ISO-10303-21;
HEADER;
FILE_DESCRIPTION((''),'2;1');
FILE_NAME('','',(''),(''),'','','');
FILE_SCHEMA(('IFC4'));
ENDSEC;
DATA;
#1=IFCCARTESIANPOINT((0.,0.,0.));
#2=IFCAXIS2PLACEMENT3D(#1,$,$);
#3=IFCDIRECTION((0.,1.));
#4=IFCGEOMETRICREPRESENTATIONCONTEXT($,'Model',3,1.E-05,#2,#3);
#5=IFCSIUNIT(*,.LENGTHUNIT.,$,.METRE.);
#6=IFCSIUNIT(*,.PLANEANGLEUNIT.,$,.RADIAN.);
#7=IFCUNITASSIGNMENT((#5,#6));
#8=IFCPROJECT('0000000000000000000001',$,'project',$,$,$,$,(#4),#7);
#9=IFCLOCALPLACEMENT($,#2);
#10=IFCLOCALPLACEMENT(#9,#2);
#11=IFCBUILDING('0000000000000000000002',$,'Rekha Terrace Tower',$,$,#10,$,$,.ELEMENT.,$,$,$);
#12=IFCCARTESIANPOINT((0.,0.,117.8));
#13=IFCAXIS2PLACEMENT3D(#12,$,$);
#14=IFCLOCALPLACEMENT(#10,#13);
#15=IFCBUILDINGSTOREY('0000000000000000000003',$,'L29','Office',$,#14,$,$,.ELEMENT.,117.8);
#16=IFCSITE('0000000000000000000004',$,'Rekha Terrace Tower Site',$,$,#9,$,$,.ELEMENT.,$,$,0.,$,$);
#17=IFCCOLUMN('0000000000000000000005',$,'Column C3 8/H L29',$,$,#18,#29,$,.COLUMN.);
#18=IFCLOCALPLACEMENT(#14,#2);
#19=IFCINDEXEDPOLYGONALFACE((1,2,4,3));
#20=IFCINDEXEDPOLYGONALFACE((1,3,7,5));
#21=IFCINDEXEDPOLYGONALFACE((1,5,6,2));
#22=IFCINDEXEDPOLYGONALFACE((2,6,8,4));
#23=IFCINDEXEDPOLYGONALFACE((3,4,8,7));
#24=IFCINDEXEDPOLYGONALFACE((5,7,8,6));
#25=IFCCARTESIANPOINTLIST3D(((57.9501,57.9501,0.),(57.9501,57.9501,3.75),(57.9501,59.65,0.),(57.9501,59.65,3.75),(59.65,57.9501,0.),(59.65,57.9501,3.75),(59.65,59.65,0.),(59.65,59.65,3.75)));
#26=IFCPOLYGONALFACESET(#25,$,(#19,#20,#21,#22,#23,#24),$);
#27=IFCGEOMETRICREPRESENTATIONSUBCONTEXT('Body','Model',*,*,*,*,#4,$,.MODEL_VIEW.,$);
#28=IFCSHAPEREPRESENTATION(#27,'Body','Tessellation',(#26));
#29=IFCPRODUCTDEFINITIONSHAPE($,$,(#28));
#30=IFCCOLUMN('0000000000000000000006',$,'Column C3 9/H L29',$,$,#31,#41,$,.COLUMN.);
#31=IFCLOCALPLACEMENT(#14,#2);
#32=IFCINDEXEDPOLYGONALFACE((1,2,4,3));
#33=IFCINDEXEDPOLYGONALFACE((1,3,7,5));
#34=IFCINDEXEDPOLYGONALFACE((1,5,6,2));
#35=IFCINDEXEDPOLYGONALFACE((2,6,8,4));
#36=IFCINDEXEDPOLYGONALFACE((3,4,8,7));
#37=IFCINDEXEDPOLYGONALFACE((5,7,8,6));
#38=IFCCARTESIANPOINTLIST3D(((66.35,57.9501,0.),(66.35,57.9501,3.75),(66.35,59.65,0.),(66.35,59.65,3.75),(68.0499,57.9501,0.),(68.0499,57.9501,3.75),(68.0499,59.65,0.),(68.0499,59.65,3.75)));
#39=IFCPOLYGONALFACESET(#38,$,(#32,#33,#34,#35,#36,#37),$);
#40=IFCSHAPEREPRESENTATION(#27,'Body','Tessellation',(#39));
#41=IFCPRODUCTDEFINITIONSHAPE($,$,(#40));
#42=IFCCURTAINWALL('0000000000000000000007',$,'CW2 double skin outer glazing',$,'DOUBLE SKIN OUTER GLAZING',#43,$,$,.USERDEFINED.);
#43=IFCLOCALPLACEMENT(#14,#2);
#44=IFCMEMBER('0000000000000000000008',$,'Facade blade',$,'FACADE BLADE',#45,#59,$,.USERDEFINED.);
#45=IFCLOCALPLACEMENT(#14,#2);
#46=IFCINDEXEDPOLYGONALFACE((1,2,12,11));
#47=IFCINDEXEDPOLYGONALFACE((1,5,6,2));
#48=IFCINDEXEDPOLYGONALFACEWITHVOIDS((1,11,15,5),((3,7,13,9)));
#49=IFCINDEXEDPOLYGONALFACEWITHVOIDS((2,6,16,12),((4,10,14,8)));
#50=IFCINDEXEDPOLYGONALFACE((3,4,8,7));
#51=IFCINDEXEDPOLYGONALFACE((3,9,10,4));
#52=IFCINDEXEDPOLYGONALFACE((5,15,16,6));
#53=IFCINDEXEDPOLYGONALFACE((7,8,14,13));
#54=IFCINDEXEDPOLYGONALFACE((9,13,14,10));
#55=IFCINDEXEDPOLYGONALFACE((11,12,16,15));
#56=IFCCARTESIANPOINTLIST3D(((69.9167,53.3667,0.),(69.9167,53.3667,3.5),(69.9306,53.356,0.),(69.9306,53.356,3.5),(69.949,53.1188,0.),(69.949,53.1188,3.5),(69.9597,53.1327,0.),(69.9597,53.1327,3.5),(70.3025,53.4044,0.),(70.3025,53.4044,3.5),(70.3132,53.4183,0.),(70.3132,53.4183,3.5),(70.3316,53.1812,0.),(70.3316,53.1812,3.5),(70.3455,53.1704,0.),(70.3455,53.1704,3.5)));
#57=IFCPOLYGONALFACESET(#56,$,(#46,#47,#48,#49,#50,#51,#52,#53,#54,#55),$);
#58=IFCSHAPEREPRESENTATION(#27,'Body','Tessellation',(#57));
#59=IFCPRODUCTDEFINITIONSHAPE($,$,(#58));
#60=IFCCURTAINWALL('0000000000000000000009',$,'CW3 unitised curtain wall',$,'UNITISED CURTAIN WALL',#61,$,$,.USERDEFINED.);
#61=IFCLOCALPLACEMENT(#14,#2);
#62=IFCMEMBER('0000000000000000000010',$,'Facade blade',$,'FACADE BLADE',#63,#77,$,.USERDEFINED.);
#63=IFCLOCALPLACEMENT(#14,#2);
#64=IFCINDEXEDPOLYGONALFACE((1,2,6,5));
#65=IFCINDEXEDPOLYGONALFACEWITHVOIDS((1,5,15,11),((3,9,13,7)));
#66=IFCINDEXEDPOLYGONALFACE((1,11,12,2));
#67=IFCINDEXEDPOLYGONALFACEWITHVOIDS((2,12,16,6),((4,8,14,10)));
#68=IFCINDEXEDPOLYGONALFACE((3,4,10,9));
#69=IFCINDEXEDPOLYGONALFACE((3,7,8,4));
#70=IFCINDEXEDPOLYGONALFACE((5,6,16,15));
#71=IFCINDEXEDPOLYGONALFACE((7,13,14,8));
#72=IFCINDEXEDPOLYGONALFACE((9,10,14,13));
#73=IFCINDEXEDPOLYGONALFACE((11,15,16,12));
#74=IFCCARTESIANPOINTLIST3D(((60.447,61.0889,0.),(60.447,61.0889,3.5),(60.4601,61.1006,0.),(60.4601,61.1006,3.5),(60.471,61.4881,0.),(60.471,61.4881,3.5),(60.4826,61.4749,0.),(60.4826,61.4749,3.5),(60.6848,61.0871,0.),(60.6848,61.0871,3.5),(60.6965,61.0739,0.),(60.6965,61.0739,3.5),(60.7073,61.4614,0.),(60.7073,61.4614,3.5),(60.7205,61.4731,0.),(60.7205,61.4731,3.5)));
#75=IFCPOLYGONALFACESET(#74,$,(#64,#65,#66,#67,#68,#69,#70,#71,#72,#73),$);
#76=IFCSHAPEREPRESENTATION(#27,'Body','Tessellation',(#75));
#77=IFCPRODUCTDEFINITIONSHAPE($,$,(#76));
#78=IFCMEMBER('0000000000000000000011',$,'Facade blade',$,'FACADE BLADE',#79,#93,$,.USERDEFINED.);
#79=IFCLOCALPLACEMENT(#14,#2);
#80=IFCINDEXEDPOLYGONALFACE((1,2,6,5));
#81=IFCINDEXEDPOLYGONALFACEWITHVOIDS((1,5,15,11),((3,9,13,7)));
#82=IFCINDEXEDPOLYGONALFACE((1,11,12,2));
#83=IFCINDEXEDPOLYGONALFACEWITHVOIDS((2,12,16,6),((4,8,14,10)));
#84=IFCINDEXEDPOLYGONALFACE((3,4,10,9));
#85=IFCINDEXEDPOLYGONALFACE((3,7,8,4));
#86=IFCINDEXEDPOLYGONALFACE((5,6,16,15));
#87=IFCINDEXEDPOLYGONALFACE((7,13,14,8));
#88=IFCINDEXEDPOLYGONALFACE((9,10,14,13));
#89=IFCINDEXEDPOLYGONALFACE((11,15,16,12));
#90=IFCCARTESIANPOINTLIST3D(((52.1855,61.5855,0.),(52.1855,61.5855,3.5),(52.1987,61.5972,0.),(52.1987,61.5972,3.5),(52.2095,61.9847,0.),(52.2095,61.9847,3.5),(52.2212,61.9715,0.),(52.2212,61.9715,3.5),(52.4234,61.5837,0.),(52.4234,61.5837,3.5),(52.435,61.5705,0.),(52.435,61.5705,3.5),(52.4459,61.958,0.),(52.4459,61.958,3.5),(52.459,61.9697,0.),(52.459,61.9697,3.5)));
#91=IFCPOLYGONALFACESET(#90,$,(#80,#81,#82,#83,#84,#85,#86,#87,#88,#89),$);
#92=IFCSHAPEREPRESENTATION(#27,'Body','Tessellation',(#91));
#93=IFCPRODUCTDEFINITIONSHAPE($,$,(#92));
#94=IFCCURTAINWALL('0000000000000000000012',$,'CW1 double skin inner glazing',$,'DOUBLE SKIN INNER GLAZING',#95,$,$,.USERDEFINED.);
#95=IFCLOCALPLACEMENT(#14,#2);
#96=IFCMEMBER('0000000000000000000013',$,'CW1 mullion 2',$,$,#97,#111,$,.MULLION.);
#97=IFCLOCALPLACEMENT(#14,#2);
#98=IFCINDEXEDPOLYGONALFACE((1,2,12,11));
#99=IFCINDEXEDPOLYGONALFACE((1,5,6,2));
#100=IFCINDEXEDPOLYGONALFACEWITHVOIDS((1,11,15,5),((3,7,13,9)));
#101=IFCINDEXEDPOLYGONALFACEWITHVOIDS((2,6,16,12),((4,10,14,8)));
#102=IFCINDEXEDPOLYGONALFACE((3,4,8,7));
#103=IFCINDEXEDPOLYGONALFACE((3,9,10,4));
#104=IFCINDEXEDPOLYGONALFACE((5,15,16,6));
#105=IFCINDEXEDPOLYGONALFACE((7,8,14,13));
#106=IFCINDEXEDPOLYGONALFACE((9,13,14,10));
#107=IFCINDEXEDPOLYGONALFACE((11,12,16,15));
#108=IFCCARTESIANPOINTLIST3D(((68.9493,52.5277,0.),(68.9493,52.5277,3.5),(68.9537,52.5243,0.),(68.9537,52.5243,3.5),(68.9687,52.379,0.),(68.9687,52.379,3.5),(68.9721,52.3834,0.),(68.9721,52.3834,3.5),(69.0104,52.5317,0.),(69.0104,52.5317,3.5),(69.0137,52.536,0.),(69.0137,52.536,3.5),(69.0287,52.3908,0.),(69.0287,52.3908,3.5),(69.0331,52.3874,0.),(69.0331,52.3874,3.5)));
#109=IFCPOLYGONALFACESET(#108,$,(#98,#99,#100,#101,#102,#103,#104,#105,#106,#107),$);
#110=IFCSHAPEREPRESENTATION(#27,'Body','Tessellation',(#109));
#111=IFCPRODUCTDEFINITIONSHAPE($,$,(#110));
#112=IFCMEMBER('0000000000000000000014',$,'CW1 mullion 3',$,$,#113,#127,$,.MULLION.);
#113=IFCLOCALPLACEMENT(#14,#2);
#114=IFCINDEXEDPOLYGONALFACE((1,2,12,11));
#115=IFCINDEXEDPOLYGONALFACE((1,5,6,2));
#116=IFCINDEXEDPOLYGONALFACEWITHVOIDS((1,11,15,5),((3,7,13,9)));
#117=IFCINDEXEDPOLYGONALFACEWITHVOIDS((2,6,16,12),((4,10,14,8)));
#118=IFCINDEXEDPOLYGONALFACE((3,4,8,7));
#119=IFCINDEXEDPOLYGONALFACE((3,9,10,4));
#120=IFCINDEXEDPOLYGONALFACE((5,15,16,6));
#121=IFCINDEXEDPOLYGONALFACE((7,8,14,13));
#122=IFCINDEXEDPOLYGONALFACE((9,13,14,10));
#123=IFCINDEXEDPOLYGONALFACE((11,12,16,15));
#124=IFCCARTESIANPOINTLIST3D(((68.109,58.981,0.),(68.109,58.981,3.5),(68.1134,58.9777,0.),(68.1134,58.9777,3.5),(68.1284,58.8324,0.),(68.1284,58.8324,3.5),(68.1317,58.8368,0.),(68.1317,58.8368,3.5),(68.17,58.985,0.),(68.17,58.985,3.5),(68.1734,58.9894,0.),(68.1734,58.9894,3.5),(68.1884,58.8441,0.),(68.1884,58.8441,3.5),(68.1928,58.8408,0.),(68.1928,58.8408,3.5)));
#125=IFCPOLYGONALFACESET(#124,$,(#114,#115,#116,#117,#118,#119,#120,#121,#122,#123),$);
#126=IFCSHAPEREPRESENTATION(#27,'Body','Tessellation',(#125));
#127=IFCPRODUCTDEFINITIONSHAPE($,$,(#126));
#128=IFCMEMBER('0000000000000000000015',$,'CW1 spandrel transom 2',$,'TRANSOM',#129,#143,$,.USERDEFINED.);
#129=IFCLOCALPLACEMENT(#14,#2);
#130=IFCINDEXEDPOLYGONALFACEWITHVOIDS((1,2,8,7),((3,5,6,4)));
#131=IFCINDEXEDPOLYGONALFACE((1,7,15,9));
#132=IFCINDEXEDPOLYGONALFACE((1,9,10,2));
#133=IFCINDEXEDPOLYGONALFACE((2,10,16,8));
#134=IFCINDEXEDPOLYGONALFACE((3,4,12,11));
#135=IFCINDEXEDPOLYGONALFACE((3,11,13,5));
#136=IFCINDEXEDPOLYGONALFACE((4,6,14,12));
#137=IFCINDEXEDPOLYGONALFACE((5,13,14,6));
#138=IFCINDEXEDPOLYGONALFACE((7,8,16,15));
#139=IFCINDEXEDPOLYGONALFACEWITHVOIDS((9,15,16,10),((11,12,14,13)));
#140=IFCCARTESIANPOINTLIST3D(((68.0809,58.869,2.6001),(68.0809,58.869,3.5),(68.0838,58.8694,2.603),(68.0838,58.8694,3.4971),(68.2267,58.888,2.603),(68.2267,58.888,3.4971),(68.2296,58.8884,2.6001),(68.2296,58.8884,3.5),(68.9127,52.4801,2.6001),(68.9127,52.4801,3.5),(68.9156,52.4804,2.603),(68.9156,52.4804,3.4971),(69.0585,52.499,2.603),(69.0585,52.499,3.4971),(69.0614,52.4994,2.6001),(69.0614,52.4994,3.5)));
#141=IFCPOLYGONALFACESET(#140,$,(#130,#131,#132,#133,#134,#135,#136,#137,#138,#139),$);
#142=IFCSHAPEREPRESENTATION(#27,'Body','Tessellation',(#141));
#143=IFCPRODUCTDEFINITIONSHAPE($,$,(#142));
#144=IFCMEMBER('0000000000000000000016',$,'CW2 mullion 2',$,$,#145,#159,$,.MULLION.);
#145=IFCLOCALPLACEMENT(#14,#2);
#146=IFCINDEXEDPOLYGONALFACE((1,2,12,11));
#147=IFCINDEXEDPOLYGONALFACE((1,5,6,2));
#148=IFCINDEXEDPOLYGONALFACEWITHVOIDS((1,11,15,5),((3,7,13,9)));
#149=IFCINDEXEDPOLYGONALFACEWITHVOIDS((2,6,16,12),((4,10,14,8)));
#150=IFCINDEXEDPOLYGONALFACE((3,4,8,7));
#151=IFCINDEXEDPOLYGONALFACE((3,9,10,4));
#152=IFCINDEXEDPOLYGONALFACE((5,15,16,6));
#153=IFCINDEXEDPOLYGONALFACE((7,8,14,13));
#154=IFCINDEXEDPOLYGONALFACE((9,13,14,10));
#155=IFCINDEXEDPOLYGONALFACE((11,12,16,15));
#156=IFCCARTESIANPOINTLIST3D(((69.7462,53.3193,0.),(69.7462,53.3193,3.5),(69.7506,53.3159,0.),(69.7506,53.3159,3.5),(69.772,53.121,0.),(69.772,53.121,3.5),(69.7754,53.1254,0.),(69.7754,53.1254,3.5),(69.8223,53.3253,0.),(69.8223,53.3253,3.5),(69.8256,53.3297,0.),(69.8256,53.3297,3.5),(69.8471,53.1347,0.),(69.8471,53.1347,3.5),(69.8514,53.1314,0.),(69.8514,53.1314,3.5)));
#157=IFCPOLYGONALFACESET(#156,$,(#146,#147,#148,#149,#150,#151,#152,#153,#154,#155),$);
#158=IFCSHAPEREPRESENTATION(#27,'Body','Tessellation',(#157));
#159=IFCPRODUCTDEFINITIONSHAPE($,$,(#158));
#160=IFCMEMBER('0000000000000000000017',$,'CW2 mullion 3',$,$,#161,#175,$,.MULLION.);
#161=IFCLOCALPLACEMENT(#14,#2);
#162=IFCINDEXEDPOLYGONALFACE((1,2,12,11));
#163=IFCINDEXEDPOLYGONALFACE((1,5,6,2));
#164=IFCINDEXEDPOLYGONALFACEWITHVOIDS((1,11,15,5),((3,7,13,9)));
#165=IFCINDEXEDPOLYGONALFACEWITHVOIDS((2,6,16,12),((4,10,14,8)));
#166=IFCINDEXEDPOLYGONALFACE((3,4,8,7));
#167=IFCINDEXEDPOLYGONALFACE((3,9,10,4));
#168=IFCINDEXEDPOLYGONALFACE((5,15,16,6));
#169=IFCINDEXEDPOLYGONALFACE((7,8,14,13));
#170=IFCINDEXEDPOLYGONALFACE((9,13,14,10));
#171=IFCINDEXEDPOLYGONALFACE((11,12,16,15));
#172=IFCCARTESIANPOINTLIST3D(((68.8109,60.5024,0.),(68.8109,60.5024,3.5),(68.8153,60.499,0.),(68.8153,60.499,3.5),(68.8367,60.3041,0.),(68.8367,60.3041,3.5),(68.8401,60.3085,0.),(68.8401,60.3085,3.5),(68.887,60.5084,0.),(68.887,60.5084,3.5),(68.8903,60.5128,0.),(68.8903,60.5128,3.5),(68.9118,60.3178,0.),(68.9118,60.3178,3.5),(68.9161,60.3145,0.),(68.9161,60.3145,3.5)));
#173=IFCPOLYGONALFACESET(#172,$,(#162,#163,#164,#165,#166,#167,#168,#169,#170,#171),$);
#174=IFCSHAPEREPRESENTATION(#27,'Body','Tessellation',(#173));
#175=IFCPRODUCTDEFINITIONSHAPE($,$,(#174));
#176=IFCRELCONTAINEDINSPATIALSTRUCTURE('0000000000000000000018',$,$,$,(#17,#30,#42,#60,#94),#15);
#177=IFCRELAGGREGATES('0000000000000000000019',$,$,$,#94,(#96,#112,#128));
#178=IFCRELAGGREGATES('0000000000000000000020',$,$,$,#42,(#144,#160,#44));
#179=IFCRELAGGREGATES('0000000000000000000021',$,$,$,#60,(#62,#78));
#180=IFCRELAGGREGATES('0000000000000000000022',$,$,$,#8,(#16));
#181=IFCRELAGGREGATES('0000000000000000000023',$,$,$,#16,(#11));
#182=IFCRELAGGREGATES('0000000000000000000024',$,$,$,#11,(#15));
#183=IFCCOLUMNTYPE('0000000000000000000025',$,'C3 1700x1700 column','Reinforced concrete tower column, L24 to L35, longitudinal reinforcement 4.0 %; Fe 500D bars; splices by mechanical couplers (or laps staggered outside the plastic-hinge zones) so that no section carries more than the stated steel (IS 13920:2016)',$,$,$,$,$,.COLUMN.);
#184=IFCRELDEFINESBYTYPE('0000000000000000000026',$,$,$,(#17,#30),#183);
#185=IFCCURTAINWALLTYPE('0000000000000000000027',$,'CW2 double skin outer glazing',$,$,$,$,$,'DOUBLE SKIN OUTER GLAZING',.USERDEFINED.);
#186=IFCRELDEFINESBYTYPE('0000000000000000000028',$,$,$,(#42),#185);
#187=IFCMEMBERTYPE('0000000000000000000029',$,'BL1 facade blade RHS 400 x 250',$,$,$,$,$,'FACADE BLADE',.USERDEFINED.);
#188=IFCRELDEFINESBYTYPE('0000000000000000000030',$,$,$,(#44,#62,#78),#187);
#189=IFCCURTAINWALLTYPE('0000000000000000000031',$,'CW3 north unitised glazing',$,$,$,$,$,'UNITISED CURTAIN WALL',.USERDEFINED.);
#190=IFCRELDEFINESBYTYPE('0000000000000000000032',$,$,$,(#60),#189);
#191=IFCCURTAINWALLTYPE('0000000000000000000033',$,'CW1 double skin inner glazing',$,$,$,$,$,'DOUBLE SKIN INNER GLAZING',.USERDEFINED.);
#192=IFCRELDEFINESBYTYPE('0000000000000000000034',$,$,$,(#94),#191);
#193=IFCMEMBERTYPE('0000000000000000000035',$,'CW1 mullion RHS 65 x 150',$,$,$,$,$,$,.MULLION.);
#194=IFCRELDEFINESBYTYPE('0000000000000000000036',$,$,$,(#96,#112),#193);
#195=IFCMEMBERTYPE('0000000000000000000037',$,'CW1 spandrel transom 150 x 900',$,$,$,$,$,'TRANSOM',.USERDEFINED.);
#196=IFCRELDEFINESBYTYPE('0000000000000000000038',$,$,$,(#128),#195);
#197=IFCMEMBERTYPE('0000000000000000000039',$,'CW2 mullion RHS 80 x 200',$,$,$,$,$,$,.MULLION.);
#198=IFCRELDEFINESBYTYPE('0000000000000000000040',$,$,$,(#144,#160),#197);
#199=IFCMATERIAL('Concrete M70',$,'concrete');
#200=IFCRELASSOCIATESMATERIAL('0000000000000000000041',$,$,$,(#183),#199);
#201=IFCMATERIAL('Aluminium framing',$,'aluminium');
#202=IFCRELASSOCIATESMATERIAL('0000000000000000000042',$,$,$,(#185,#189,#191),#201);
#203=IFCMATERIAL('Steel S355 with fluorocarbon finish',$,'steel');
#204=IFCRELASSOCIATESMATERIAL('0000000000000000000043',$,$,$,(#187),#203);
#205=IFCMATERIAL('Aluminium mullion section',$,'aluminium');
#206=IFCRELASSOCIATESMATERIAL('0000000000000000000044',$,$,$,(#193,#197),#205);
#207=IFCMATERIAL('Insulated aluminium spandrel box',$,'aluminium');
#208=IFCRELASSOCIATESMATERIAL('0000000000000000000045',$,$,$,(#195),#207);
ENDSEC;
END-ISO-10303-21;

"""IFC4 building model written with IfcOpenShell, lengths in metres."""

from ifc_helpers import new_model, si_unit, direction, frame, origin, origin_2d, place, context, subcontext, project, spatial, rectangle, hollow_rectangle, extrude, material, material_profile, profile_set, type_object, element, aggregate, save


model = new_model("IFC4")

# Units and contexts
model_context = context("Model", 3, precision=1e-05, world=origin(), true_north=direction((0.0, 1.0)))
body_context = subcontext(model_context, "Body", "Model", "MODEL_VIEW")
ifc_project = project(units=[si_unit("LENGTHUNIT", "METRE"), si_unit("PLANEANGLEUNIT", "RADIAN")], contexts=[model_context])

# Site, building, storey
site_placement = place(None, origin())
site = spatial("IfcSite", under=ifc_project, at=site_placement, Name="Rekha Terrace Tower Site", CompositionType="ELEMENT", RefElevation=0.0)
building_placement = place(site_placement, origin())
building = spatial("IfcBuilding", under=site, at=building_placement, Name="Rekha Terrace Tower", CompositionType="ELEMENT")
storey_placement = place(building_placement, frame((0.0, 0.0, 117.8)))
storey = spatial("IfcBuildingStorey", under=building, at=storey_placement, Name="L29", Description="Office", CompositionType="ELEMENT", Elevation=117.8)

# Columns
ifc_material_1 = material(Name="Concrete M70", Category="concrete")
ifc_material_profile_1 = material_profile(ifc_material_1, rectangle(XDim=1.7, YDim=1.7, at=origin_2d()), Name="RC 1700x1700")
ifc_profile_set_1 = profile_set([ifc_material_profile_1], Name="Concrete M70")
column_type = type_object("IfcColumnType", Name="C3 1700x1700 column", Description="Reinforced concrete tower column, L24 to L35, longitudinal reinforcement 4.0 %; Fe 500D bars; splices by mechanical couplers (or laps staggered outside the plastic-hinge zones) so that no section carries more than the stated steel (IS 13920:2016)", PredefinedType="COLUMN", material=ifc_profile_set_1)
for number, where, z_axis, x_axis, name in (
    (1, (58.8, 58.8, 0.0), (0.0, 0.0, 1.0), (1.0, 0.0, 0.0), "Column C3 8/H L29"),
    (2, (67.2, 58.8, 0.0), (0.0, 0.0, 1.0), (1.0, 0.0, 0.0), "Column C3 9/H L29"),
):
    element("IfcColumn", number, at=place(storey_placement, frame(where, z_axis=z_axis, x_axis=x_axis)), inside=storey, type_object=column_type, Name=name, PredefinedType="COLUMN", context=body_context, shape_type="SweptSolid", body=[
        extrude(rectangle(XDim=1.7, YDim=1.7, at=origin_2d()), origin(), (0.0, 0.0, 1.0), 3.75),
    ])

# Curtain wall, member
ifc_material_2 = material(Name="Aluminium framing", Category="aluminium")
curtain_wall_type_1 = type_object("IfcCurtainWallType", Name="CW2 double skin outer glazing", ElementType="DOUBLE SKIN OUTER GLAZING", PredefinedType="USERDEFINED", material=ifc_material_2)
curtain_wall_1_placement = place(storey_placement, origin())
curtain_wall_1 = element("IfcCurtainWall", 3, at=curtain_wall_1_placement, inside=storey, type_object=curtain_wall_type_1, Name="CW2 double skin outer glazing", ObjectType="DOUBLE SKIN OUTER GLAZING", PredefinedType="USERDEFINED")
ifc_material_3 = material(Name="Steel S355 with fluorocarbon finish", Category="steel")
ifc_material_profile_2 = material_profile(ifc_material_3, hollow_rectangle(XDim=0.25, YDim=0.3999, WallThickness=0.0125, at=origin_2d()), Name="RHS400x250x12.5")
ifc_profile_set_2 = profile_set([ifc_material_profile_2], Name="Steel S355 with fluorocarbon finish")
member_type_1 = type_object("IfcMemberType", Name="BL1 facade blade RHS 400 x 250", ElementType="FACADE BLADE", PredefinedType="USERDEFINED", material=ifc_profile_set_2)
member_1_placement = place(storey_placement, frame((70.1311, 53.2686, 0.0), z_axis=(0.0, 0.0, 1.0), x_axis=(-0.129119, 0.991629, 0.0)))
member_1 = element("IfcMember", 4, at=member_1_placement, type_object=member_type_1, Name="Facade blade", ObjectType="FACADE BLADE", PredefinedType="USERDEFINED", context=body_context, shape_type="SweptSolid", body=[
    extrude(hollow_rectangle(XDim=0.25, YDim=0.3999, WallThickness=0.0125, at=origin_2d()), origin(), (0.0, 0.0, 1.0), 3.5),
])

# Curtain walls, members
curtain_wall_type_2 = type_object("IfcCurtainWallType", Name="CW3 north unitised glazing", ElementType="UNITISED CURTAIN WALL", PredefinedType="USERDEFINED", material=ifc_material_2)
curtain_wall_2_placement = place(storey_placement, origin())
curtain_wall_2 = element("IfcCurtainWall", 5, at=curtain_wall_2_placement, inside=storey, type_object=curtain_wall_type_2, Name="CW3 unitised curtain wall", ObjectType="UNITISED CURTAIN WALL", PredefinedType="USERDEFINED")
member_2_placement = place(storey_placement, frame((60.5837, 61.281, 0.0), z_axis=(0.0, 0.0, 1.0), x_axis=(-0.998199, 0.059988, 0.0)))
member_2 = element("IfcMember", 6, at=member_2_placement, type_object=member_type_1, Name="Facade blade", ObjectType="FACADE BLADE", PredefinedType="USERDEFINED", context=body_context, shape_type="SweptSolid", body=[
    extrude(hollow_rectangle(XDim=0.25, YDim=0.3999, WallThickness=0.0125, at=origin_2d()), origin(), (0.0, 0.0, 1.0), 3.5),
])
member_3_placement = place(storey_placement, frame((52.3223, 61.7776, 0.0), z_axis=(0.0, 0.0, 1.0), x_axis=(-0.998199, 0.059988, 0.0)))
member_3 = element("IfcMember", 7, at=member_3_placement, type_object=member_type_1, Name="Facade blade", ObjectType="FACADE BLADE", PredefinedType="USERDEFINED", context=body_context, shape_type="SweptSolid", body=[
    extrude(hollow_rectangle(XDim=0.25, YDim=0.3999, WallThickness=0.0125, at=origin_2d()), origin(), (0.0, 0.0, 1.0), 3.5),
])
curtain_wall_type_3 = type_object("IfcCurtainWallType", Name="CW1 double skin inner glazing", ElementType="DOUBLE SKIN INNER GLAZING", PredefinedType="USERDEFINED", material=ifc_material_2)
curtain_wall_3_placement = place(storey_placement, origin())
curtain_wall_3 = element("IfcCurtainWall", 8, at=curtain_wall_3_placement, inside=storey, type_object=curtain_wall_type_3, Name="CW1 double skin inner glazing", ObjectType="DOUBLE SKIN INNER GLAZING", PredefinedType="USERDEFINED")
ifc_material_4 = material(Name="Aluminium mullion section", Category="aluminium")
ifc_material_profile_3 = material_profile(ifc_material_4, hollow_rectangle(XDim=0.0649, YDim=0.1499, WallThickness=0.0039, at=origin_2d()), Name="AL RHS 65x150")
ifc_profile_set_3 = profile_set([ifc_material_profile_3], Name="Aluminium mullion section")
member_type_2 = type_object("IfcMemberType", Name="CW1 mullion RHS 65 x 150", PredefinedType="MULLION", material=ifc_profile_set_3)
member_4_placement = place(storey_placement, frame((68.9912, 52.4575, 0.0), z_axis=(0.0, 0.0, 1.0), x_axis=(-0.991629, -0.129118, 0.0)))
member_4 = element("IfcMember", 9, at=member_4_placement, type_object=member_type_2, Name="CW1 mullion 2", PredefinedType="MULLION", context=body_context, shape_type="SweptSolid", body=[
    extrude(hollow_rectangle(XDim=0.0649, YDim=0.1499, WallThickness=0.0039, at=origin_2d()), origin(), (0.0, 0.0, 1.0), 3.5),
])
member_5_placement = place(storey_placement, frame((68.1509, 58.9109, 0.0), z_axis=(0.0, 0.0, 1.0), x_axis=(-0.991629, -0.129118, 0.0)))
member_5 = element("IfcMember", 10, at=member_5_placement, type_object=member_type_2, Name="CW1 mullion 3", PredefinedType="MULLION", context=body_context, shape_type="SweptSolid", body=[
    extrude(hollow_rectangle(XDim=0.0649, YDim=0.1499, WallThickness=0.0039, at=origin_2d()), origin(), (0.0, 0.0, 1.0), 3.5),
])
ifc_material_5 = material(Name="Insulated aluminium spandrel box", Category="aluminium")
ifc_material_profile_4 = material_profile(ifc_material_5, hollow_rectangle(XDim=0.1499, YDim=0.8999, WallThickness=0.0029, at=origin_2d()), Name="AL SPANDREL BOX 150x900")
ifc_profile_set_4 = profile_set([ifc_material_profile_4], Name="Insulated aluminium spandrel box")
member_type_3 = type_object("IfcMemberType", Name="CW1 spandrel transom 150 x 900", ElementType="TRANSOM", PredefinedType="USERDEFINED", material=ifc_profile_set_4)
member_6_placement = place(storey_placement, frame((68.9871, 52.4897, 3.05), z_axis=(-0.129103, 0.991631, 0.0), x_axis=(-0.991631, -0.129103, 0.0)))
member_6 = element("IfcMember", 11, at=member_6_placement, type_object=member_type_3, Name="CW1 spandrel transom 2", ObjectType="TRANSOM", PredefinedType="USERDEFINED", context=body_context, shape_type="SweptSolid", body=[
    extrude(hollow_rectangle(XDim=0.1499, YDim=0.8999, WallThickness=0.0029, at=origin_2d()), origin(), (0.0, 0.0, 1.0), 6.4429),
])

# Members
ifc_material_profile_5 = material_profile(ifc_material_4, hollow_rectangle(XDim=0.0801, YDim=0.2, WallThickness=0.0039, at=origin_2d()), Name="AL RHS 80x200")
ifc_profile_set_5 = profile_set([ifc_material_profile_5], Name="Aluminium mullion section")
member_type_4 = type_object("IfcMemberType", Name="CW2 mullion RHS 80 x 200", PredefinedType="MULLION", material=ifc_profile_set_5)
member_7_placement = place(storey_placement, frame((69.7988, 53.2253, 0.0), z_axis=(0.0, 0.0, 1.0), x_axis=(-0.991629, -0.129118, 0.0)))
member_7 = element("IfcMember", 12, at=member_7_placement, type_object=member_type_4, Name="CW2 mullion 2", PredefinedType="MULLION", context=body_context, shape_type="SweptSolid", body=[
    extrude(hollow_rectangle(XDim=0.0801, YDim=0.2, WallThickness=0.0039, at=origin_2d()), origin(), (0.0, 0.0, 1.0), 3.5),
])
member_8_placement = place(storey_placement, frame((68.8635, 60.4084, 0.0), z_axis=(0.0, 0.0, 1.0), x_axis=(-0.991629, -0.129118, 0.0)))
member_8 = element("IfcMember", 13, at=member_8_placement, type_object=member_type_4, Name="CW2 mullion 3", PredefinedType="MULLION", context=body_context, shape_type="SweptSolid", body=[
    extrude(hollow_rectangle(XDim=0.0801, YDim=0.2, WallThickness=0.0039, at=origin_2d()), origin(), (0.0, 0.0, 1.0), 3.5),
])

aggregate(curtain_wall_3, [member_4, member_5, member_6])
aggregate(curtain_wall_1, [member_7, member_8, member_1])
aggregate(curtain_wall_2, [member_2, member_3])

save(model, "model.ifc")
